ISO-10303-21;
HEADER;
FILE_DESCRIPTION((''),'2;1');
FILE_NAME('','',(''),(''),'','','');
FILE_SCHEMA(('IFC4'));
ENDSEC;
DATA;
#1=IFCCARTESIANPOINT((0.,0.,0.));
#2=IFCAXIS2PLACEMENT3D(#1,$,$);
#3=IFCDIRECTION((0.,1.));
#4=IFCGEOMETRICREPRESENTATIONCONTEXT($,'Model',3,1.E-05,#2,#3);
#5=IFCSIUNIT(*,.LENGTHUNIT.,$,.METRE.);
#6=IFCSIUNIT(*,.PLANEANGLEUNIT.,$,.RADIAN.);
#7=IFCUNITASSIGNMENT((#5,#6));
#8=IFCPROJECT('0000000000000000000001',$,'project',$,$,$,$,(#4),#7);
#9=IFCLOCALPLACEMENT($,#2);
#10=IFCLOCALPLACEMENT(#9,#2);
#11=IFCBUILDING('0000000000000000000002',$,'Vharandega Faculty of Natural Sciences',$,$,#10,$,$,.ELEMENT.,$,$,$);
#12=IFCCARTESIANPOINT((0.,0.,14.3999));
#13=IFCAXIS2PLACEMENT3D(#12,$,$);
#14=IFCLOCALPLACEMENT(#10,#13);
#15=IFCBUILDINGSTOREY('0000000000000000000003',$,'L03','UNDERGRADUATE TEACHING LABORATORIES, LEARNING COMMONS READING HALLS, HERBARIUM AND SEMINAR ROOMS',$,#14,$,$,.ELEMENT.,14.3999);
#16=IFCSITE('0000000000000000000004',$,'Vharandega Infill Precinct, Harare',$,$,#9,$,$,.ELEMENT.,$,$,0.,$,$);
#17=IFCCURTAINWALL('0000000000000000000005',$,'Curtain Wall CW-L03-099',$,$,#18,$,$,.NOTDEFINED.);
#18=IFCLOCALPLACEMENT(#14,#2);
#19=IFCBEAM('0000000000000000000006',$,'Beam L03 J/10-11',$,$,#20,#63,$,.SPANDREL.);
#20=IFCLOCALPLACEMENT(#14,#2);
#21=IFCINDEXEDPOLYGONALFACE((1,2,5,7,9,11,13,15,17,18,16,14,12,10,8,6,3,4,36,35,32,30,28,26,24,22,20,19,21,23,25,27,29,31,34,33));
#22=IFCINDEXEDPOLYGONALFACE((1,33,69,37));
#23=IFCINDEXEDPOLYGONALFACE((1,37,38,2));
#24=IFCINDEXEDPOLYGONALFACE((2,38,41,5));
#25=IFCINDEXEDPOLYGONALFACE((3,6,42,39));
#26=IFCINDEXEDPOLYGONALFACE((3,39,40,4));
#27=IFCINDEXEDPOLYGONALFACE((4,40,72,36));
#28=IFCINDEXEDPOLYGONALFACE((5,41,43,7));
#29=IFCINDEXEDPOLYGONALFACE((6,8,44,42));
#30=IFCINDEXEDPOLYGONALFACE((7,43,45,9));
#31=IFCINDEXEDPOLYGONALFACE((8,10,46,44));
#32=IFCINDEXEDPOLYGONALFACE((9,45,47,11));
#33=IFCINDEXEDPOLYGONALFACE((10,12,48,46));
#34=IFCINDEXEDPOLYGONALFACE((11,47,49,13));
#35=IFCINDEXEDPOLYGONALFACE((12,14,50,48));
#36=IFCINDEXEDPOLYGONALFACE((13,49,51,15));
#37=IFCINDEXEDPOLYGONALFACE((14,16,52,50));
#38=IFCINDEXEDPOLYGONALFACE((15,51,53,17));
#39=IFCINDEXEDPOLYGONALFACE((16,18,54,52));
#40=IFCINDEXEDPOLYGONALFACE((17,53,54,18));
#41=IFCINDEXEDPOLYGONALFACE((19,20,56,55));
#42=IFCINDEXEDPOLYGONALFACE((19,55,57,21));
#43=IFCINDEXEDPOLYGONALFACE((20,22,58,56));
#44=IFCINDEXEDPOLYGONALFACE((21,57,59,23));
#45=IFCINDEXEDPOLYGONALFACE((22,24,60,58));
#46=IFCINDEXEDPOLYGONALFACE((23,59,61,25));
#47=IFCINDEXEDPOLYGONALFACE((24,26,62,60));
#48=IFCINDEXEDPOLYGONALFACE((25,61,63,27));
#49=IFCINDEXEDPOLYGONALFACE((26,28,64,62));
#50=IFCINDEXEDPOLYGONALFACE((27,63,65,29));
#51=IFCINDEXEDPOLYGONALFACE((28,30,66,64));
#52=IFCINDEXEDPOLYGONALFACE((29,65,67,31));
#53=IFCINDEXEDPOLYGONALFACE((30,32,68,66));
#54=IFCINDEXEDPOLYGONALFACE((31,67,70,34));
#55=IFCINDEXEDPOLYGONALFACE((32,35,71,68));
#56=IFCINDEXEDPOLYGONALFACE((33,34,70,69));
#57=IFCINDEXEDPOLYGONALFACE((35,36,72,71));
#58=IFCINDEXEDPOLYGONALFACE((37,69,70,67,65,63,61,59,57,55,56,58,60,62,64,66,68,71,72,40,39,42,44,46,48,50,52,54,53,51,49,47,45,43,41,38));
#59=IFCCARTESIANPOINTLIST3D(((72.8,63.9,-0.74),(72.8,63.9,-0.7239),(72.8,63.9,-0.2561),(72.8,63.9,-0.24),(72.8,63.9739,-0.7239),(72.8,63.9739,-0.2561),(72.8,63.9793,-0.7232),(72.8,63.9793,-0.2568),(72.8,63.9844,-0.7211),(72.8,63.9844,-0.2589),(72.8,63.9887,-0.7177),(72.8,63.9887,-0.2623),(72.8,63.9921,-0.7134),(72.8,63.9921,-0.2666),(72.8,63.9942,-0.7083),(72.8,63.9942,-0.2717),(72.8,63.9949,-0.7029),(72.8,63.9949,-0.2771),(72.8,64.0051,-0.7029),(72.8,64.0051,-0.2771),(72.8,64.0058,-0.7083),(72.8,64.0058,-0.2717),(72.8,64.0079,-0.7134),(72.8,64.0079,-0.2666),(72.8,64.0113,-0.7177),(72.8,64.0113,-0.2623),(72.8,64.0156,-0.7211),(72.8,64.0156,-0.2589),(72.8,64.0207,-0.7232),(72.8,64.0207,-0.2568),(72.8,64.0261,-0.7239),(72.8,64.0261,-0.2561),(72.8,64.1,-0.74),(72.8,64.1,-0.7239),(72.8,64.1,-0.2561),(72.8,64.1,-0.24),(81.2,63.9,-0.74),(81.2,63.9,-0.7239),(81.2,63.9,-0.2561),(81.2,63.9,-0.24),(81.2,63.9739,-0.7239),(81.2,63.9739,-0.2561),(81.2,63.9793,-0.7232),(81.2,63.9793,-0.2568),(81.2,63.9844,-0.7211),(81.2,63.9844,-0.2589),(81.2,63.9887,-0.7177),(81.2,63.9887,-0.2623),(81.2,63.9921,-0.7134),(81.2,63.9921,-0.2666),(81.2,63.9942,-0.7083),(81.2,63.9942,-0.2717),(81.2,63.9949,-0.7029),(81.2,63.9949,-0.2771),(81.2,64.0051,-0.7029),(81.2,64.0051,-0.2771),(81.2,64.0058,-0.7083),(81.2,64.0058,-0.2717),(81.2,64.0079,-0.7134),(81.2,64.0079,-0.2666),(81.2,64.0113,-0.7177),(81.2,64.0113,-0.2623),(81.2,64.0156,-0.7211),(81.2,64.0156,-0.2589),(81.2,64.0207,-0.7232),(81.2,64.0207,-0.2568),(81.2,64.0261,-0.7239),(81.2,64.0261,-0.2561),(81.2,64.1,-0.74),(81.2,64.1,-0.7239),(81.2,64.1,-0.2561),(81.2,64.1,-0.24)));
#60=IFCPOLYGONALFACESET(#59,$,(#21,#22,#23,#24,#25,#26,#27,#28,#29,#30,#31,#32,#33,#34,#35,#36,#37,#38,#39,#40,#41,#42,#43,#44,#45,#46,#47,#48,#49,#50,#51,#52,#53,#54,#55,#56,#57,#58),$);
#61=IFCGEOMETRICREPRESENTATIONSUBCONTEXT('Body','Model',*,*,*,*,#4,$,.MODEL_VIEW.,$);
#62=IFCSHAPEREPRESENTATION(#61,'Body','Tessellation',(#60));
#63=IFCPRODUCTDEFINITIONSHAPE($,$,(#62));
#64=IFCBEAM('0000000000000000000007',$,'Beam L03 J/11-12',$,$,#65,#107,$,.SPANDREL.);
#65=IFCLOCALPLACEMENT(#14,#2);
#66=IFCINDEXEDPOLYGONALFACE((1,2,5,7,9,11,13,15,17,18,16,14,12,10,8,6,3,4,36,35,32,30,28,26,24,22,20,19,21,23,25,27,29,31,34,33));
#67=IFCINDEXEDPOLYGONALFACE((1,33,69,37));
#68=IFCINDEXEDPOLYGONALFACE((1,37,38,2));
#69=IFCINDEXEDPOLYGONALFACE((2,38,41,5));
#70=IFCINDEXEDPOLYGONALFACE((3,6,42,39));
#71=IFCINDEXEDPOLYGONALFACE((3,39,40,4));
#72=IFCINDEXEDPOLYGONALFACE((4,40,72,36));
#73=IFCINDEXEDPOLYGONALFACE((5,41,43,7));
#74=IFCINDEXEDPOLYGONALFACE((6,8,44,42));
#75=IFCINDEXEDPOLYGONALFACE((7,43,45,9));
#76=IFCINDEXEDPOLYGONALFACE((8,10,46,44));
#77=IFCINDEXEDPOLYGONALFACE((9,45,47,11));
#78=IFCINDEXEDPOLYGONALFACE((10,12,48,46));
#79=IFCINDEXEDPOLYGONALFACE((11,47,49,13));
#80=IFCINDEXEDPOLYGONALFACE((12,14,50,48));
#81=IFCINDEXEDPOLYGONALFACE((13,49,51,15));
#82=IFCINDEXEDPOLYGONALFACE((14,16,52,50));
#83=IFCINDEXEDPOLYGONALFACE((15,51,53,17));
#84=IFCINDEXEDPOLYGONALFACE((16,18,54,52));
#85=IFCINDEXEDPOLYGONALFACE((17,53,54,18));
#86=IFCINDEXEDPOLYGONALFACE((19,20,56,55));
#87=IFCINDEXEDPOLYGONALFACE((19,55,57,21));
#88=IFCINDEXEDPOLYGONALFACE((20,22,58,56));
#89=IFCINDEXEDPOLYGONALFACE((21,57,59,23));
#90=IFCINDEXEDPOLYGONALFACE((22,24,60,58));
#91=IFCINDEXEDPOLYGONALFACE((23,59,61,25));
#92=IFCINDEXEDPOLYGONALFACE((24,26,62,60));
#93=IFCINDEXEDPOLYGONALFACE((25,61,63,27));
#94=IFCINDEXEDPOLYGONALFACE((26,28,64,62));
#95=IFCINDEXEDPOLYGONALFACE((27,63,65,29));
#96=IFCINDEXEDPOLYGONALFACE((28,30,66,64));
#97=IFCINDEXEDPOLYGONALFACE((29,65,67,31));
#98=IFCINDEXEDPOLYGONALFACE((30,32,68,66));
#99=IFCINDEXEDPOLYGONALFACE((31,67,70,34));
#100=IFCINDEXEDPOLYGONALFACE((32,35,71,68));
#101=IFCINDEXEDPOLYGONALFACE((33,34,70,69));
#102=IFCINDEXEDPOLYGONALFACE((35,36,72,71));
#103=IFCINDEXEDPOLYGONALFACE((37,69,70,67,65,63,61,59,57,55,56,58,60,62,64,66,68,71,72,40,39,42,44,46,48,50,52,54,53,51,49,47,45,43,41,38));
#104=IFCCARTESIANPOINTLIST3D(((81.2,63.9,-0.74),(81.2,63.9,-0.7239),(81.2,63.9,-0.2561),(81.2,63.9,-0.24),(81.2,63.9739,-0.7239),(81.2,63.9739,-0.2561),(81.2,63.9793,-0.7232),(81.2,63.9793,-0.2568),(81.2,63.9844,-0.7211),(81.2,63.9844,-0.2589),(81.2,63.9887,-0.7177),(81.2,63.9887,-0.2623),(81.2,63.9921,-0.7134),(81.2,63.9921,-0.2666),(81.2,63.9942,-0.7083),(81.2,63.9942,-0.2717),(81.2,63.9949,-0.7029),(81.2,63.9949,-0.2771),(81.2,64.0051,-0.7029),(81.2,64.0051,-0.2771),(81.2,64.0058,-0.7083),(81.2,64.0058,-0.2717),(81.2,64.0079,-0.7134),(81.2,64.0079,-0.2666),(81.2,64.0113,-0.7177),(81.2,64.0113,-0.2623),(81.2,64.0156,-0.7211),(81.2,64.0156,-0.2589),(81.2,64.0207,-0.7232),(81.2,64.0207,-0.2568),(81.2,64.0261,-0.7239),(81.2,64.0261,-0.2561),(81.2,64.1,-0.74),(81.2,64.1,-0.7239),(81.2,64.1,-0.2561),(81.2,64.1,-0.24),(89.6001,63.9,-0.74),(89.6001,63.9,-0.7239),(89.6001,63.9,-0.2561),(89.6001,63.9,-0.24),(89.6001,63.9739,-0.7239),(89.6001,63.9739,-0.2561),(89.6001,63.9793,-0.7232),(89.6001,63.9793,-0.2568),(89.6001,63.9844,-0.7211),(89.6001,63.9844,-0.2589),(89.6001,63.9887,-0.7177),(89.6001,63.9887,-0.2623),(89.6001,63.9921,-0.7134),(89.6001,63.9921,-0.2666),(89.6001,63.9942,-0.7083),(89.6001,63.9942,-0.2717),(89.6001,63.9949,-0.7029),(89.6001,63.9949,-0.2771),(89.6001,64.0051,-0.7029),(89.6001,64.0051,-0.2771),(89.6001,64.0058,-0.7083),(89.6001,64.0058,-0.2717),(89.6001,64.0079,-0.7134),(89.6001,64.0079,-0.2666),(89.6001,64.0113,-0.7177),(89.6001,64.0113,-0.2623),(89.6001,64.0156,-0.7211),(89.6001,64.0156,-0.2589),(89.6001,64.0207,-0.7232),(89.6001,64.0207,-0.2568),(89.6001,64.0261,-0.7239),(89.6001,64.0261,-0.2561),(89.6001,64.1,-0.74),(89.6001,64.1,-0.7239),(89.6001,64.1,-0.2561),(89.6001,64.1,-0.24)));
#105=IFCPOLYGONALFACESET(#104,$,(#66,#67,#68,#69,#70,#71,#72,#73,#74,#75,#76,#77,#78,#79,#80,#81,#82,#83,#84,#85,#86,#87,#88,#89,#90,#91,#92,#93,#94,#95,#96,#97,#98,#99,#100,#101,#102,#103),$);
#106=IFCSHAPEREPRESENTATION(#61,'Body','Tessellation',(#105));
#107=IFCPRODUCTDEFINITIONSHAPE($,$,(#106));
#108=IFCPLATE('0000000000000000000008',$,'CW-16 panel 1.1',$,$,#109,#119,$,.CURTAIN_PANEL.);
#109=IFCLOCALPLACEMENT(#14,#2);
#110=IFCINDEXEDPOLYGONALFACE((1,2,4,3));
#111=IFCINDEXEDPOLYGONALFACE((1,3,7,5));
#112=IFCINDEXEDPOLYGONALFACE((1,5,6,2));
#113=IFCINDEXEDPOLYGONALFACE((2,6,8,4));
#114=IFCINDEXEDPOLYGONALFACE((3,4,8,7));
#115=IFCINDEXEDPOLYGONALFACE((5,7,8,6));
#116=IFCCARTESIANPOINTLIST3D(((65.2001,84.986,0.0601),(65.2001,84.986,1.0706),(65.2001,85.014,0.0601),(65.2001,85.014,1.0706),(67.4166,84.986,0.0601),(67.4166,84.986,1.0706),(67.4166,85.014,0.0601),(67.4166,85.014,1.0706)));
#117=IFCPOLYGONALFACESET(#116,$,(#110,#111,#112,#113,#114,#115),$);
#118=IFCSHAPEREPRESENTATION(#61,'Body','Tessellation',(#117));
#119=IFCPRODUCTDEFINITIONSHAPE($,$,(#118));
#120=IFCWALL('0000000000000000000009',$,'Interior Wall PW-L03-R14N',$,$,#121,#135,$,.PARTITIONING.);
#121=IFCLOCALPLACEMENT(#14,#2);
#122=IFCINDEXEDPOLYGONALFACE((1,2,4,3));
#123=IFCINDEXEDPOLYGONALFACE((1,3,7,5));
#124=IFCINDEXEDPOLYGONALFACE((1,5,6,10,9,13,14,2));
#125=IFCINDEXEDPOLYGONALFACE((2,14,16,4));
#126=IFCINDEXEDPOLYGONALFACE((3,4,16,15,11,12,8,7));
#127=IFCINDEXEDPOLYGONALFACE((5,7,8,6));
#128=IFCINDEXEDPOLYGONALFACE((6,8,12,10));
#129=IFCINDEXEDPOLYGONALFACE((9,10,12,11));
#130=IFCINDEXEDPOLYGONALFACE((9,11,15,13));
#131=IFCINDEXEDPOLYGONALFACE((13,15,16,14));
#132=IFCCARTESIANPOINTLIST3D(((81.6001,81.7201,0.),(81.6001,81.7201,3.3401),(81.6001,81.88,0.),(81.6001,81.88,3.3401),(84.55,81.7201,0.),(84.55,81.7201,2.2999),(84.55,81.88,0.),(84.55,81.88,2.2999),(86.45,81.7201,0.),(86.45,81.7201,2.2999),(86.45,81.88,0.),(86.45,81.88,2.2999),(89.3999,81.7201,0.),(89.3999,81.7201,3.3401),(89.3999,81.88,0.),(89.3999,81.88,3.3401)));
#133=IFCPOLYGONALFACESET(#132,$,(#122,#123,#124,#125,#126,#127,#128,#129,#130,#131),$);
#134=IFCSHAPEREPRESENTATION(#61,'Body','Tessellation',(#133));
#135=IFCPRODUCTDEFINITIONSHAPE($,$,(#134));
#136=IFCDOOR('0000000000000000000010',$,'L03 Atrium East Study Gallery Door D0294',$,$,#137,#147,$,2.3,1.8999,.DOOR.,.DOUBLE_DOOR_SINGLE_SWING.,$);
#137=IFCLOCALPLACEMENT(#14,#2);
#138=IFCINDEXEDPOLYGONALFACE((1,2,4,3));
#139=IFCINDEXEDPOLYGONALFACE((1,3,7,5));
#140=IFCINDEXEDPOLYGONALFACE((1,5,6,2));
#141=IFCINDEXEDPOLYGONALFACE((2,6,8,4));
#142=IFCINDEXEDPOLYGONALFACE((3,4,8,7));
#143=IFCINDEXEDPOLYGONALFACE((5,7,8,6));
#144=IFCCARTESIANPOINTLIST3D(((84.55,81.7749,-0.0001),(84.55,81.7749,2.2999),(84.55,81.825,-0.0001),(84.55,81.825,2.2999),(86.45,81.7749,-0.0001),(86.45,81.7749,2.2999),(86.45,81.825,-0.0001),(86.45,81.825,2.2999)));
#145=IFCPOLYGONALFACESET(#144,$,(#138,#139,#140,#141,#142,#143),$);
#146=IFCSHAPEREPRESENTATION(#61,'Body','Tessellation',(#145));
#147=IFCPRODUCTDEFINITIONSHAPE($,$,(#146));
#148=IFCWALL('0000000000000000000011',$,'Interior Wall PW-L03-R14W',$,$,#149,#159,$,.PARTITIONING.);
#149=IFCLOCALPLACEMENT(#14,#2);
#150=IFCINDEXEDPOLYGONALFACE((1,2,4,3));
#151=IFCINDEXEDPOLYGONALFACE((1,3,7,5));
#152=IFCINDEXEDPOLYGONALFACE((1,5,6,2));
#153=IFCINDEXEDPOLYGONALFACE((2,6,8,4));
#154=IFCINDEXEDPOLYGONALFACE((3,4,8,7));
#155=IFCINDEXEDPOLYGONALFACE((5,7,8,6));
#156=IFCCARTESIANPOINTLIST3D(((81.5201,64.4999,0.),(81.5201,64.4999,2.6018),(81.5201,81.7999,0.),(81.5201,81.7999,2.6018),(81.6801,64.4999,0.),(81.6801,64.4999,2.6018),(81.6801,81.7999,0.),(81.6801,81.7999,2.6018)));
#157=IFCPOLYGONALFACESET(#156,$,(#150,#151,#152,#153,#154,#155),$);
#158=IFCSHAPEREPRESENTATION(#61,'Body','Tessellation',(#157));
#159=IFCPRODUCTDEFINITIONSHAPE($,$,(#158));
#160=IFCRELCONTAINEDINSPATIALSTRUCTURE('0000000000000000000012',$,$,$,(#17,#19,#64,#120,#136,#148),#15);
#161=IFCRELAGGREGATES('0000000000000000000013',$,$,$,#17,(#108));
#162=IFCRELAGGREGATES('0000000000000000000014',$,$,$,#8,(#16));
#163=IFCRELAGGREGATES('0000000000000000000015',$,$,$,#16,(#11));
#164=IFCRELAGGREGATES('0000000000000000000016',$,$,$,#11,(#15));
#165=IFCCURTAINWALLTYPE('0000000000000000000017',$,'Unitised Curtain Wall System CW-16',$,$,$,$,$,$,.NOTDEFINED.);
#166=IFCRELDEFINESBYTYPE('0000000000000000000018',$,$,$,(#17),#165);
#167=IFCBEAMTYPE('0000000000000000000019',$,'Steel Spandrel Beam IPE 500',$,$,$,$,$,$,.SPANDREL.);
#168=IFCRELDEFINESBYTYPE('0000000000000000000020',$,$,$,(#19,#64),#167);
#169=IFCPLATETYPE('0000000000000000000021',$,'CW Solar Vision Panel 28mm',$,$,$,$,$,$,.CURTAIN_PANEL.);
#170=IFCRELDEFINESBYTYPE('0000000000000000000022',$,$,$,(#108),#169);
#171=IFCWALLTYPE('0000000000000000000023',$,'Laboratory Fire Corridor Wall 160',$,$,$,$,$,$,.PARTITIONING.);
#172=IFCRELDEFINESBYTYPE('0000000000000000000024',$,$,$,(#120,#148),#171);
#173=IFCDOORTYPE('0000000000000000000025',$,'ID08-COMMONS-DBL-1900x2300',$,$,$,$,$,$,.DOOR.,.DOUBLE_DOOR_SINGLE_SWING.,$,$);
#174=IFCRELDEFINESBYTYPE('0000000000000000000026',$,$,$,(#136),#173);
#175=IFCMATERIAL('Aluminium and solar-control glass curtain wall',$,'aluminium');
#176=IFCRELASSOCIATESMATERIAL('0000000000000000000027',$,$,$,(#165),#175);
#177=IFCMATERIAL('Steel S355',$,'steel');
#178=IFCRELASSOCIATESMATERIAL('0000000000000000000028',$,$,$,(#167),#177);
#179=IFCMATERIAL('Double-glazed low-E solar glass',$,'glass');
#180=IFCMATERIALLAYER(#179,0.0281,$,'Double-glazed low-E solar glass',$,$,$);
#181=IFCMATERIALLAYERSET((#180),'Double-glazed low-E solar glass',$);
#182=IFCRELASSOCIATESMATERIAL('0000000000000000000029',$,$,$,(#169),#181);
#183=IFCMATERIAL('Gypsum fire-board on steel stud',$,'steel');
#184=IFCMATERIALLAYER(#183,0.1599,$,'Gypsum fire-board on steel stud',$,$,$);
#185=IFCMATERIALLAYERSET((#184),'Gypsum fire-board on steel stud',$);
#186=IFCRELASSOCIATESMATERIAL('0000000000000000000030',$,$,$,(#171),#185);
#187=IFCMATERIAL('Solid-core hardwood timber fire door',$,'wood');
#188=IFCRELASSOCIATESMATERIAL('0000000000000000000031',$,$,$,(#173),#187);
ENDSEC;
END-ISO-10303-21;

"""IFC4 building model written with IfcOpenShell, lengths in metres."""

from ifc_helpers import new_model, si_unit, direction, frame, frame_2d, origin, origin_2d, place, context, subcontext, project, spatial, rectangle, i_section, extrude, material, layer, layer_set, material_profile, profile_set, type_object, element, fill, aggregate, save


model = new_model("IFC4")

# Units and contexts
model_context = context("Model", 3, precision=1e-05, world=origin(), true_north=direction((0.0, 1.0)))
body_context = subcontext(model_context, "Body", "Model", "MODEL_VIEW")
ifc_project = project(units=[si_unit("LENGTHUNIT", "METRE"), si_unit("PLANEANGLEUNIT", "RADIAN")], contexts=[model_context])

# Site, building, storey
site_placement = place(None, origin())
site = spatial("IfcSite", under=ifc_project, at=site_placement, Name="Vharandega Infill Precinct, Harare", CompositionType="ELEMENT", RefElevation=0.0)
building_placement = place(site_placement, origin())
building = spatial("IfcBuilding", under=site, at=building_placement, Name="Vharandega Faculty of Natural Sciences", CompositionType="ELEMENT")
storey_placement = place(building_placement, frame((0.0, 0.0, 14.3999)))
storey = spatial("IfcBuildingStorey", under=building, at=storey_placement, Name="L03", Description="UNDERGRADUATE TEACHING LABORATORIES, LEARNING COMMONS READING HALLS, HERBARIUM AND SEMINAR ROOMS", CompositionType="ELEMENT", Elevation=14.3999)

# Curtain wall
ifc_material_1 = material(Name="Aluminium and solar-control glass curtain wall", Category="aluminium")
curtain_wall_type = type_object("IfcCurtainWallType", Name="Unitised Curtain Wall System CW-16", PredefinedType="NOTDEFINED", material=ifc_material_1)
curtain_wall_placement = place(storey_placement, origin())
curtain_wall = element("IfcCurtainWall", 1, at=curtain_wall_placement, inside=storey, type_object=curtain_wall_type, Name="Curtain Wall CW-L03-099", PredefinedType="NOTDEFINED")

# Beams
ifc_material_2 = material(Name="Steel S355", Category="steel")
ifc_material_profile_1 = material_profile(ifc_material_2, i_section(OverallWidth=0.2, OverallDepth=0.5, WebThickness=0.0103, FlangeThickness=0.0161, FilletRadius=0.021, at=origin_2d()), Name="IPE 500")
ifc_profile_set_1 = profile_set([ifc_material_profile_1], Name="Steel S355")
beam_type_1 = type_object("IfcBeamType", Name="Steel Spandrel Beam IPE 500", PredefinedType="SPANDREL", material=ifc_profile_set_1)
beam_1_placement = place(storey_placement, frame((72.8, 64.0, -0.49), z_axis=(1.0, 0.0, 0.0), x_axis=(0.0, 1.0, 0.0)))
element("IfcBeam", 2, at=beam_1_placement, inside=storey, type_object=beam_type_1, Name="Beam L03 J/10-11", PredefinedType="SPANDREL", context=body_context, shape_type="SweptSolid", body=[
    extrude(i_section(OverallWidth=0.2, OverallDepth=0.5, WebThickness=0.0103, FlangeThickness=0.0161, FilletRadius=0.021, at=origin_2d()), origin(), (0.0, 0.0, 1.0), 8.3999),
])
beam_2_placement = place(storey_placement, frame((81.2, 64.0, -0.49), z_axis=(1.0, 0.0, 0.0), x_axis=(0.0, 1.0, 0.0)))
element("IfcBeam", 3, at=beam_2_placement, inside=storey, type_object=beam_type_1, Name="Beam L03 J/11-12", PredefinedType="SPANDREL", context=body_context, shape_type="SweptSolid", body=[
    extrude(i_section(OverallWidth=0.2, OverallDepth=0.5, WebThickness=0.0103, FlangeThickness=0.0161, FilletRadius=0.021, at=origin_2d()), origin(), (0.0, 0.0, 1.0), 8.4001),
])

# Plate
ifc_material_3 = material(Name="Double-glazed low-E solar glass", Category="glass")
ifc_layer_1 = layer(ifc_material_3, 0.0281, Name="Double-glazed low-E solar glass")
ifc_layer_set_1 = layer_set([ifc_layer_1], Name="Double-glazed low-E solar glass")
plate_type = type_object("IfcPlateType", Name="CW Solar Vision Panel 28mm", PredefinedType="CURTAIN_PANEL", material=ifc_layer_set_1)
plate_placement = place(storey_placement, frame((66.3083, 85.0, 0.0601), z_axis=(0.0, 0.0, 1.0), x_axis=(1.0, 0.0, 0.0)))
plate = element("IfcPlate", 4, at=plate_placement, type_object=plate_type, Name="CW-16 panel 1.1", PredefinedType="CURTAIN_PANEL", context=body_context, shape_type="SweptSolid", body=[
    extrude(rectangle(XDim=2.2166, YDim=0.0281, at=origin_2d()), origin(), (0.0, 0.0, 1.0), 1.0105),
])
aggregate(curtain_wall, [plate])

# Wall, opening, door
ifc_material_4 = material(Name="Gypsum fire-board on steel stud", Category="steel")
ifc_layer_2 = layer(ifc_material_4, 0.1599, Name="Gypsum fire-board on steel stud")
ifc_layer_set_2 = layer_set([ifc_layer_2], Name="Gypsum fire-board on steel stud")
wall_type = type_object("IfcWallType", Name="Laboratory Fire Corridor Wall 160", PredefinedType="PARTITIONING", material=ifc_layer_set_2)
wall_1_placement = place(storey_placement, frame((81.6001, 81.8, 0.0), z_axis=(0.0, 0.0, 1.0), x_axis=(1.0, 0.0, 0.0)))
wall_1 = element("IfcWall", 5, at=wall_1_placement, inside=storey, type_object=wall_type, Name="Interior Wall PW-L03-R14N", PredefinedType="PARTITIONING", context=body_context, shape_type="SweptSolid", body=[
    extrude(rectangle(XDim=7.7998, YDim=0.1599, at=frame_2d((3.8999, 0.0))), origin(), (0.0, 0.0, 1.0), 3.3401),
])
opening_placement = place(wall_1_placement, frame((2.95, 0.0, 0.0)))
opening = element("IfcOpeningElement", 6, at=opening_placement, cuts=wall_1, PredefinedType="OPENING", context=body_context, shape_type="SweptSolid", body=[
    extrude(rectangle(XDim=1.8999, YDim=2.3, at=frame_2d((0.95, 1.1499))), frame((0.0, 0.0898, 0.0), z_axis=(0.0, -1.0, 0.0), x_axis=(1.0, 0.0, 0.0)), (0.0, 0.0, 1.0), 0.1799),
])
ifc_material_5 = material(Name="Solid-core hardwood timber fire door", Category="wood")
door_type = type_object("IfcDoorType", Name="ID08-COMMONS-DBL-1900x2300", OperationType="DOUBLE_DOOR_SINGLE_SWING", PredefinedType="DOOR", material=ifc_material_5)
door_placement = place(opening_placement, origin())
door = element("IfcDoor", 7, at=door_placement, inside=storey, type_object=door_type, Name="L03 Atrium East Study Gallery Door D0294", OperationType="DOUBLE_DOOR_SINGLE_SWING", OverallHeight=2.3, OverallWidth=1.8999, PredefinedType="DOOR", context=body_context, shape_type="SweptSolid", body=[
    extrude(rectangle(XDim=1.8999, YDim=2.3, at=frame_2d((0.95, 1.1499))), frame((0.0, 0.0249, 0.0), z_axis=(0.0, -1.0, 0.0), x_axis=(1.0, 0.0, 0.0)), (0.0, 0.0, 1.0), 0.05),
])
fill(opening, door)

# Wall
wall_2_placement = place(storey_placement, frame((81.6001, 64.5, 0.0), z_axis=(0.0, 0.0, 1.0), x_axis=(0.0, 1.0, 0.0)))
element("IfcWall", 8, at=wall_2_placement, inside=storey, type_object=wall_type, Name="Interior Wall PW-L03-R14W", PredefinedType="PARTITIONING", context=body_context, shape_type="SweptSolid", body=[
    extrude(rectangle(XDim=17.3, YDim=0.1599, at=frame_2d((8.6499, 0.0))), origin(), (0.0, 0.0, 1.0), 2.6018),
])

save(model, "model.ifc")
